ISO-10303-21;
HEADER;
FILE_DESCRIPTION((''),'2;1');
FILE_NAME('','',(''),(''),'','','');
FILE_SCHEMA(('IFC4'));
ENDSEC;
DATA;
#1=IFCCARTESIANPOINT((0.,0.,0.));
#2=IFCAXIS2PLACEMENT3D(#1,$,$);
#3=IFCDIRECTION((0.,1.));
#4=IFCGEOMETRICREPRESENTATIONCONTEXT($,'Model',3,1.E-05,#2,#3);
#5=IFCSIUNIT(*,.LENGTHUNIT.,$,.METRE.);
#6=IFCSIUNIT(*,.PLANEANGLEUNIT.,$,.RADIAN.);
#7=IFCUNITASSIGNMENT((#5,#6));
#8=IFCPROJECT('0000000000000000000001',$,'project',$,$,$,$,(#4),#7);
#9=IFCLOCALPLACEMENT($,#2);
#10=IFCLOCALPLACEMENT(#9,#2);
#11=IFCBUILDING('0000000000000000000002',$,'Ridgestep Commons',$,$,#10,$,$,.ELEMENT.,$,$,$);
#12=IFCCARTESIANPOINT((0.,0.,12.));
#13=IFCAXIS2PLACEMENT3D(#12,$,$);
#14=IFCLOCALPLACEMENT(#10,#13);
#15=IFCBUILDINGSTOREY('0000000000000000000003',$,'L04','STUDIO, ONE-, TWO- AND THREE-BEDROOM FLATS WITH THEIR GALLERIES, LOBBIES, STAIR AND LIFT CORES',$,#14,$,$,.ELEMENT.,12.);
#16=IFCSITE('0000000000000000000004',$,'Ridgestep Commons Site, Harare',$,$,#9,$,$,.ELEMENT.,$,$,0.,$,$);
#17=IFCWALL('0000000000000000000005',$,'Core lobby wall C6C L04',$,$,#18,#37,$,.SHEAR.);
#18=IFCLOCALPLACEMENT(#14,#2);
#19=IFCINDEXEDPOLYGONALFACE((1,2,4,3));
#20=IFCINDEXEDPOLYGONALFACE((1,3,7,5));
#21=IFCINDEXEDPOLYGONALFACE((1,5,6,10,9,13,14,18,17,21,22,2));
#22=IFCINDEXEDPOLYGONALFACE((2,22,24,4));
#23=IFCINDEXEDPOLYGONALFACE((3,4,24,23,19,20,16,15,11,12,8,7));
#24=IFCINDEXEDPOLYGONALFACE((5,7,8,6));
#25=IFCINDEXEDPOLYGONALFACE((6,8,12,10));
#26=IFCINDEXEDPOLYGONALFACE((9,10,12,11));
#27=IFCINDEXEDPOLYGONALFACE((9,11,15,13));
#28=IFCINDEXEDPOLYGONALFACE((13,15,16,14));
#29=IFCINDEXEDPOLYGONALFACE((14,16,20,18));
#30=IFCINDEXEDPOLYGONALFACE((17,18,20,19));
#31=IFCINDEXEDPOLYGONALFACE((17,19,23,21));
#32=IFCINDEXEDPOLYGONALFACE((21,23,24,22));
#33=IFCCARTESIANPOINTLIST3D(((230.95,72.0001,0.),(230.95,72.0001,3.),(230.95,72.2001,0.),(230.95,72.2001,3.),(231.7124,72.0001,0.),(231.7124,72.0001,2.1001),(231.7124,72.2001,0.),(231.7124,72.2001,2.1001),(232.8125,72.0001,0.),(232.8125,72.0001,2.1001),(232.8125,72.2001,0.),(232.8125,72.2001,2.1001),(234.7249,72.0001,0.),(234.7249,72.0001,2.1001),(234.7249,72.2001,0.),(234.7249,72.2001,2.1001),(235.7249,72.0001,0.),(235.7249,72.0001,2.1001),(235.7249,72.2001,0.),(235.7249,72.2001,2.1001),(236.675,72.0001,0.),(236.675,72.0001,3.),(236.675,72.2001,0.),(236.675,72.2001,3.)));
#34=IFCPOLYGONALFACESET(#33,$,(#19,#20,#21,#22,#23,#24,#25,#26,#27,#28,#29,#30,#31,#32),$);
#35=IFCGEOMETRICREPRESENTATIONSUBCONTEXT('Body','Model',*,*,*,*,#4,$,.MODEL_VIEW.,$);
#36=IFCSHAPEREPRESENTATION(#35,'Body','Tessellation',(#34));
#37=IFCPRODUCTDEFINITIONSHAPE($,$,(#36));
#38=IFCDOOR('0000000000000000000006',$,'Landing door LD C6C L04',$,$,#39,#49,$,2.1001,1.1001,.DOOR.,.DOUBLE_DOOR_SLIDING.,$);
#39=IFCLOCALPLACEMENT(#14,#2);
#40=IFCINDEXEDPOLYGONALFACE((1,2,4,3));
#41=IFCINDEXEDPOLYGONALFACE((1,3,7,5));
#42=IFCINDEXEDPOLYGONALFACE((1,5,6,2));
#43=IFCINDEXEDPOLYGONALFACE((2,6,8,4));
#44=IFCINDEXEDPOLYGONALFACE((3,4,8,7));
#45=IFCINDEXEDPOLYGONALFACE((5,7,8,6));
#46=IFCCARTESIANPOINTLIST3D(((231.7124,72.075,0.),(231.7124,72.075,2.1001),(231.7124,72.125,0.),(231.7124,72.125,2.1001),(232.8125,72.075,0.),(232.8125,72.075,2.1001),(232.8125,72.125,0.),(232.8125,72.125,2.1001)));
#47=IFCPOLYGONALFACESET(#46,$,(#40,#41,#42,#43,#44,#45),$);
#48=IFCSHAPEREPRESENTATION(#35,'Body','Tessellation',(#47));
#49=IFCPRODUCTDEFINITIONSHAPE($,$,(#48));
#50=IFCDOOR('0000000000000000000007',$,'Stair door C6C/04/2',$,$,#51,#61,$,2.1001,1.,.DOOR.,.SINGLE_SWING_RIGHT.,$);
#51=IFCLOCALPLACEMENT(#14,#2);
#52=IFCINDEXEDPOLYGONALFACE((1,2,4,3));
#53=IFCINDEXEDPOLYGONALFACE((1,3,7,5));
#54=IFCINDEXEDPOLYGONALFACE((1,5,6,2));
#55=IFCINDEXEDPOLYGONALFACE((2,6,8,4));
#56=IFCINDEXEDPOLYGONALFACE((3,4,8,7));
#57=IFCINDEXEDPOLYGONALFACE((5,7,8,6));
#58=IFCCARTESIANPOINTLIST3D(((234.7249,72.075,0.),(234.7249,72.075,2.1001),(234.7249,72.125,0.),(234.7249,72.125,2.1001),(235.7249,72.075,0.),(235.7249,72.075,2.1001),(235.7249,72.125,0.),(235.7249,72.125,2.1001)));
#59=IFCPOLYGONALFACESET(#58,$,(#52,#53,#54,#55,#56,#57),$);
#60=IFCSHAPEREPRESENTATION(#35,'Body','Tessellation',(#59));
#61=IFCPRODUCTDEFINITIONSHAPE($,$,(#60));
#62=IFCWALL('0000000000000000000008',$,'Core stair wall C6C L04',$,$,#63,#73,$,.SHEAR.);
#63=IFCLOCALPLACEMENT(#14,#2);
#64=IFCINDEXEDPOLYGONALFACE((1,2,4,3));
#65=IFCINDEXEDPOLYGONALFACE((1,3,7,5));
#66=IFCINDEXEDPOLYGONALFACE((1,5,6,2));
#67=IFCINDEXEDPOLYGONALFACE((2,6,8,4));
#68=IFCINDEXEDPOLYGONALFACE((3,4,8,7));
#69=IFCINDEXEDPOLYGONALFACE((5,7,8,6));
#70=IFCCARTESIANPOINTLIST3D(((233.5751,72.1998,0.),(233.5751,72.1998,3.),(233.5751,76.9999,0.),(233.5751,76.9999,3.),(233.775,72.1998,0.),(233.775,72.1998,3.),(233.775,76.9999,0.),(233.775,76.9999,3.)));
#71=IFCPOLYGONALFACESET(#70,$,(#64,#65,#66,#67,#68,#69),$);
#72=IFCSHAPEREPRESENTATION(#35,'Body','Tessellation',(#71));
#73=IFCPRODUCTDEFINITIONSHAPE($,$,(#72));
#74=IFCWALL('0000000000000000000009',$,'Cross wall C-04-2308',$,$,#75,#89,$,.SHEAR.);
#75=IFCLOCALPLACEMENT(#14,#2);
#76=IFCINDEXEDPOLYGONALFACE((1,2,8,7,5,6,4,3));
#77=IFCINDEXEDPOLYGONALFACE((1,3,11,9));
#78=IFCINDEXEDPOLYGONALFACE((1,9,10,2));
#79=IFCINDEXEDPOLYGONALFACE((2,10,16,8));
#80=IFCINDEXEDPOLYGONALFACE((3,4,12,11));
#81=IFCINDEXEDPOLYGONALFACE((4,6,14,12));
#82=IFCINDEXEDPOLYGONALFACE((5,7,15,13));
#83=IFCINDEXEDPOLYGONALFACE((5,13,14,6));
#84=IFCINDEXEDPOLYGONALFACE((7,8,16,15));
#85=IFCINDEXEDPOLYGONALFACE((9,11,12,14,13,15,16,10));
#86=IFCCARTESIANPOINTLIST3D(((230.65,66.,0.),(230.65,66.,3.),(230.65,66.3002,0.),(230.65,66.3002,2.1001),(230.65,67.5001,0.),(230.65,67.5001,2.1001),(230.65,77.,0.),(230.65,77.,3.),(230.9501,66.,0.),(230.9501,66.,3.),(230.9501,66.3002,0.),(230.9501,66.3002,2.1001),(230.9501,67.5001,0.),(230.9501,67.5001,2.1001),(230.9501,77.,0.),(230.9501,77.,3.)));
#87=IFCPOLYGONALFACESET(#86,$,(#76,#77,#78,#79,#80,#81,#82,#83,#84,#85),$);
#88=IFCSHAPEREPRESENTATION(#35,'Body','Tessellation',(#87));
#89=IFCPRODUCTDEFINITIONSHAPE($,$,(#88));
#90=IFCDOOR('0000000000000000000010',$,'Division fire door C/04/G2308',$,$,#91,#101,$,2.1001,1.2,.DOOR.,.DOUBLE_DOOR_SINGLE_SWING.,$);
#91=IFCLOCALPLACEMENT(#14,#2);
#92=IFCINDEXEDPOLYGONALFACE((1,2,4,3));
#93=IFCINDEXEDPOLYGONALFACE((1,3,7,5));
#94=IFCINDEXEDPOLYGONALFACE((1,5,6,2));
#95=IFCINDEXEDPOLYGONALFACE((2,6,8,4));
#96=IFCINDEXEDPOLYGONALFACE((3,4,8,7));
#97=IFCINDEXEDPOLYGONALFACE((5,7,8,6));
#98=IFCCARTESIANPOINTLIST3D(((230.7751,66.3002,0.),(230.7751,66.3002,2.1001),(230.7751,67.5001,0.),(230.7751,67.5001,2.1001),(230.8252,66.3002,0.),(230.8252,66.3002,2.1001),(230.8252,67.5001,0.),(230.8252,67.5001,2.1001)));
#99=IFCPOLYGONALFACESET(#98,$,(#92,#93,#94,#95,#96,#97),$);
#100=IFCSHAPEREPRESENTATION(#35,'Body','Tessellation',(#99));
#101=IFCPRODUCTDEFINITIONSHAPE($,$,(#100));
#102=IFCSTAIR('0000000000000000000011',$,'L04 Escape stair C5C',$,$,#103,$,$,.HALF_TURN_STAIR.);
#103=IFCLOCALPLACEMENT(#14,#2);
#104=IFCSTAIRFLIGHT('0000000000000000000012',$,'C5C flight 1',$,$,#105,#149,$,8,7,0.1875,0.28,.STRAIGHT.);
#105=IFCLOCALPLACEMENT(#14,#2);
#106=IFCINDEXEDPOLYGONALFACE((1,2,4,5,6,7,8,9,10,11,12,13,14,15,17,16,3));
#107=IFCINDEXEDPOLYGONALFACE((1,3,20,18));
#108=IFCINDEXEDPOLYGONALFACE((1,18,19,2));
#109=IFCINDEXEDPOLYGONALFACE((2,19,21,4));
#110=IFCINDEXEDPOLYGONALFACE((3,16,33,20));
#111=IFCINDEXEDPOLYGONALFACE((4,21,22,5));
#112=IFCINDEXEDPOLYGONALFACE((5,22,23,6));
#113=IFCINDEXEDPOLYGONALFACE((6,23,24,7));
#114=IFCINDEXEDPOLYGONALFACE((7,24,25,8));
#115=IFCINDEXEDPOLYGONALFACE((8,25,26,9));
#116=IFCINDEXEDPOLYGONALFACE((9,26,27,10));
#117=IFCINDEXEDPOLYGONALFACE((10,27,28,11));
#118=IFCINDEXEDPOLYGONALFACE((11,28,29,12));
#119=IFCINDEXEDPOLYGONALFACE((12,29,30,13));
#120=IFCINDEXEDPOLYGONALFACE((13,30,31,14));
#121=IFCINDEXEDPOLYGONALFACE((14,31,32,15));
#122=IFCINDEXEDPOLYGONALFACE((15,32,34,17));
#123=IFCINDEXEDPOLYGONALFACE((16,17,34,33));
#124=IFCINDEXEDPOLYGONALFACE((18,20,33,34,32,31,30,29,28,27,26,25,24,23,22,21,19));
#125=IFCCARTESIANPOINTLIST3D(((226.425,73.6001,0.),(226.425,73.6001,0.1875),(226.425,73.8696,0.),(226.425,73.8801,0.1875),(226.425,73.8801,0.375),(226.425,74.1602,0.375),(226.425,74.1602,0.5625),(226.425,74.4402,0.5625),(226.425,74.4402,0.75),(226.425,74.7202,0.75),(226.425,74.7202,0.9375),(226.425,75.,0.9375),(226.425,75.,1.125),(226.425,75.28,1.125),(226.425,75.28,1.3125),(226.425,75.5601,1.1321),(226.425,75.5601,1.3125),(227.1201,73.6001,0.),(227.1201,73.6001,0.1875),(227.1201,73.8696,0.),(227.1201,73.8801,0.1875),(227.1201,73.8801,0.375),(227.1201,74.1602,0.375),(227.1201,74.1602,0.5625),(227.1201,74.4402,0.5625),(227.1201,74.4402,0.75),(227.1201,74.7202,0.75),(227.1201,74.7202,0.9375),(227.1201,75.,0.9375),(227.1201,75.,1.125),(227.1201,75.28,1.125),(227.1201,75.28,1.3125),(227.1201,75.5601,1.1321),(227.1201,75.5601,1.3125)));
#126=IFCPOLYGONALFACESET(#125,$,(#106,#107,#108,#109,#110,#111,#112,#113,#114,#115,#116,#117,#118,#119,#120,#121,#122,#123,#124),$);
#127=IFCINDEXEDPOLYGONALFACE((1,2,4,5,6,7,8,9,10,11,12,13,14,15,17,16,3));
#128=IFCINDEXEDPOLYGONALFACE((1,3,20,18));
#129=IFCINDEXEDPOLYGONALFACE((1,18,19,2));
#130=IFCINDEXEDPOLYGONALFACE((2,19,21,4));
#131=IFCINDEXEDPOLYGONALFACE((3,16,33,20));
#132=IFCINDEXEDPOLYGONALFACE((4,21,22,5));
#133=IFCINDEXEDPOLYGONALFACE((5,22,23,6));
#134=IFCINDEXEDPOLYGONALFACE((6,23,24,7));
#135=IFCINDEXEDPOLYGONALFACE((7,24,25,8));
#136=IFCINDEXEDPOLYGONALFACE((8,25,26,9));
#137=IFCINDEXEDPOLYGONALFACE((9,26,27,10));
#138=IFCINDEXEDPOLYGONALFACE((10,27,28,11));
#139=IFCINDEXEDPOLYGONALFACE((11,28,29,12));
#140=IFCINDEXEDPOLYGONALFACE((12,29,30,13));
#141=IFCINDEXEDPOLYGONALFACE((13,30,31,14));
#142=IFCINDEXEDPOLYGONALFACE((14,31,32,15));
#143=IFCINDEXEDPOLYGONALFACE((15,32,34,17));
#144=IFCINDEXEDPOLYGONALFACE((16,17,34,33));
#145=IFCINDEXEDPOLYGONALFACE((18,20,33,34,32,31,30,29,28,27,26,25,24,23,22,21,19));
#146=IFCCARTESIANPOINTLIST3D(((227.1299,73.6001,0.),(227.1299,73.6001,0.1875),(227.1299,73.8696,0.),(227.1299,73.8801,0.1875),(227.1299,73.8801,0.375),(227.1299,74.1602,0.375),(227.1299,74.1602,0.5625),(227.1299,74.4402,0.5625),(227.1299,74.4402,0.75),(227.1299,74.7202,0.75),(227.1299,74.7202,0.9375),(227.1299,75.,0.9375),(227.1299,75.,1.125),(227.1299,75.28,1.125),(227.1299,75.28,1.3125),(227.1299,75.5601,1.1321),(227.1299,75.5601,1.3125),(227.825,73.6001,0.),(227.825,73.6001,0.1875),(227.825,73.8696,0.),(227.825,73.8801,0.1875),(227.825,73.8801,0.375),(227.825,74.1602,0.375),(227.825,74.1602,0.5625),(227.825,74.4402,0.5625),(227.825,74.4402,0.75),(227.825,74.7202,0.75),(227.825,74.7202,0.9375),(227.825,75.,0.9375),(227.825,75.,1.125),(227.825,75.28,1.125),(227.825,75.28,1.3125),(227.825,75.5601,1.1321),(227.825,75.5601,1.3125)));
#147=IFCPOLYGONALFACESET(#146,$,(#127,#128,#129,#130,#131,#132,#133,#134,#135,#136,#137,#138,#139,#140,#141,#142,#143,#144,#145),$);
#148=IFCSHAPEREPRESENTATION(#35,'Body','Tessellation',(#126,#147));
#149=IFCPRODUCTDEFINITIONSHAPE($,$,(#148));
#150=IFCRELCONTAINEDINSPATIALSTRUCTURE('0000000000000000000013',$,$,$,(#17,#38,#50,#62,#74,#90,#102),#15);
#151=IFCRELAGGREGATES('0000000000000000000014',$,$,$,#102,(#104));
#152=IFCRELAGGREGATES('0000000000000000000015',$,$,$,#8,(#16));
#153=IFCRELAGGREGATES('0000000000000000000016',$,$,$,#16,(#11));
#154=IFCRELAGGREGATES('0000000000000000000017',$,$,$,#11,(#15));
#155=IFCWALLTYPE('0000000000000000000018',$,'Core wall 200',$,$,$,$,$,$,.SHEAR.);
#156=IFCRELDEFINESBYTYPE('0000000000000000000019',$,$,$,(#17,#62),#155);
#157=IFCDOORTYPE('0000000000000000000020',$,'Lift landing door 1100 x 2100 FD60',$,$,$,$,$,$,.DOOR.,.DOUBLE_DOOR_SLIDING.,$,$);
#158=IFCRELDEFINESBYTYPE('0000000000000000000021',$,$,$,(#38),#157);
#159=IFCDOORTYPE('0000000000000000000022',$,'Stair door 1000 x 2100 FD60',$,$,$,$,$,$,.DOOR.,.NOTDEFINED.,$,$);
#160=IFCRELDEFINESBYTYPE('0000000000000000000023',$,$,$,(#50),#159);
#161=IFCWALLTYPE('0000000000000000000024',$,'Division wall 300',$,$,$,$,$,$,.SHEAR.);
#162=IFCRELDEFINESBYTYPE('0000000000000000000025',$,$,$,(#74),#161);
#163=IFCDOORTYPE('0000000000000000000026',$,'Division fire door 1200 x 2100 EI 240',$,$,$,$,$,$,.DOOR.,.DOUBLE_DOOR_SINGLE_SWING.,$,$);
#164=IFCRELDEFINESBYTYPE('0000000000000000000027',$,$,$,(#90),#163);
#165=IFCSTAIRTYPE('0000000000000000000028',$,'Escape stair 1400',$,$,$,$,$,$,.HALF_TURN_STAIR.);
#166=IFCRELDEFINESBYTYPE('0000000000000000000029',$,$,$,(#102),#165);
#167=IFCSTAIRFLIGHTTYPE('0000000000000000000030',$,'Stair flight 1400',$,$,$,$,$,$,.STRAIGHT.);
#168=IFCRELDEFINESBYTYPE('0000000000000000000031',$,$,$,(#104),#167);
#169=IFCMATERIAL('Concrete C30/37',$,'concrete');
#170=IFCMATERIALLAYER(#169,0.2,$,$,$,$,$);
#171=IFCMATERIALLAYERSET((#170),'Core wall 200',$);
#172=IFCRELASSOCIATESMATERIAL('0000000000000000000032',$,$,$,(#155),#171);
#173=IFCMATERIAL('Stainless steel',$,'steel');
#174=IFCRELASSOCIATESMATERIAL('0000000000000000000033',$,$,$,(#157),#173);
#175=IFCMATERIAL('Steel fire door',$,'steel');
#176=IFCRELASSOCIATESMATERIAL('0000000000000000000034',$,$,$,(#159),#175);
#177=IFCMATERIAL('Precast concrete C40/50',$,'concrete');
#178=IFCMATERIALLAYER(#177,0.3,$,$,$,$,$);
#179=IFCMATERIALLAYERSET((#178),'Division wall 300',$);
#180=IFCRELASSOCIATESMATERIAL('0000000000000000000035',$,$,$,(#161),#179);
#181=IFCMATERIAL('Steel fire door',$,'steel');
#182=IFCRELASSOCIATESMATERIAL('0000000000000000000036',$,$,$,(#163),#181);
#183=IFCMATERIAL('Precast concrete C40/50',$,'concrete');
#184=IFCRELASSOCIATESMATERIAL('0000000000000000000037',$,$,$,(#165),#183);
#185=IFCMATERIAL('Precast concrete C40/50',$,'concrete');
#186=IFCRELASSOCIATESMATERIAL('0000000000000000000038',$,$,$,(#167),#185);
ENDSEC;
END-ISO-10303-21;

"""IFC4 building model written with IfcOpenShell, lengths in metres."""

from ifc_helpers import new_model, si_unit, direction, frame, frame_2d, origin, place, context, subcontext, project, spatial, polyline, rectangle, outline, extrude, material, layer, layer_set, type_object, element, fill, aggregate, save


model = new_model("IFC4")

# Units and contexts
model_context = context("Model", 3, precision=1e-05, world=origin(), true_north=direction((0.0, 1.0)))
body_context = subcontext(model_context, "Body", "Model", "MODEL_VIEW")
ifc_project = project(units=[si_unit("LENGTHUNIT", "METRE"), si_unit("PLANEANGLEUNIT", "RADIAN")], contexts=[model_context])

# Site, building, storey
site_placement = place(None, origin())
site = spatial("IfcSite", under=ifc_project, at=site_placement, Name="Ridgestep Commons Site, Harare", CompositionType="ELEMENT", RefElevation=0.0)
building_placement = place(site_placement, origin())
building = spatial("IfcBuilding", under=site, at=building_placement, Name="Ridgestep Commons", CompositionType="ELEMENT")
storey_placement = place(building_placement, frame((0.0, 0.0, 12.0)))
storey = spatial("IfcBuildingStorey", under=building, at=storey_placement, Name="L04", Description="STUDIO, ONE-, TWO- AND THREE-BEDROOM FLATS WITH THEIR GALLERIES, LOBBIES, STAIR AND LIFT CORES", CompositionType="ELEMENT", Elevation=12.0)

# Shared definitions
ifc_material_1 = material(Name="Concrete C30/37", Category="concrete")
ifc_layer_1 = layer(ifc_material_1, 0.2)
ifc_layer_set_1 = layer_set([ifc_layer_1], Name="Core wall 200")
wall_type_1 = type_object("IfcWallType", Name="Core wall 200", PredefinedType="SHEAR", material=ifc_layer_set_1)

# Wall, openings, doors
wall_1_placement = place(storey_placement, frame((230.95, 72.1001, 0.0), z_axis=(0.0, 0.0, 1.0), x_axis=(1.0, 0.0, 0.0)))
wall_1 = element("IfcWall", 1, at=wall_1_placement, inside=storey, type_object=wall_type_1, Name="Core lobby wall C6C L04", PredefinedType="SHEAR", context=body_context, shape_type="SweptSolid", body=[
    extrude(rectangle(XDim=5.7251, YDim=0.2, at=frame_2d((2.8625, 0.0))), origin(), (0.0, 0.0, 1.0), 3.0),
])
opening_1_placement = place(wall_1_placement, frame((3.7749, 0.0, 0.0)))
opening_1 = element("IfcOpeningElement", 2, at=opening_1_placement, cuts=wall_1, PredefinedType="OPENING", context=body_context, shape_type="SweptSolid", body=[
    extrude(rectangle(XDim=1.0, YDim=2.1001, at=frame_2d((0.5, 1.05))), frame((0.0, 0.1099, 0.0), z_axis=(0.0, -1.0, 0.0), x_axis=(1.0, 0.0, 0.0)), (0.0, 0.0, 1.0), 0.22),
])
opening_2_placement = place(wall_1_placement, frame((0.7625, 0.0, 0.0)))
opening_2 = element("IfcOpeningElement", 3, at=opening_2_placement, cuts=wall_1, PredefinedType="OPENING", context=body_context, shape_type="SweptSolid", body=[
    extrude(rectangle(XDim=1.1001, YDim=2.1001, at=frame_2d((0.55, 1.05))), frame((0.0, 0.1099, 0.0), z_axis=(0.0, -1.0, 0.0), x_axis=(1.0, 0.0, 0.0)), (0.0, 0.0, 1.0), 0.22),
])
ifc_material_2 = material(Name="Stainless steel", Category="steel")
door_type_1 = type_object("IfcDoorType", Name="Lift landing door 1100 x 2100 FD60", OperationType="DOUBLE_DOOR_SLIDING", PredefinedType="DOOR", material=ifc_material_2)
door_1_placement = place(opening_2_placement, origin())
door_1 = element("IfcDoor", 4, at=door_1_placement, inside=storey, type_object=door_type_1, Name="Landing door LD C6C L04", OperationType="DOUBLE_DOOR_SLIDING", OverallHeight=2.1001, OverallWidth=1.1001, PredefinedType="DOOR", context=body_context, shape_type="SweptSolid", body=[
    extrude(rectangle(XDim=1.1001, YDim=2.1001, at=frame_2d((0.55, 1.05))), frame((0.0, 0.0249, 0.0), z_axis=(0.0, -1.0, 0.0), x_axis=(1.0, 0.0, 0.0)), (0.0, 0.0, 1.0), 0.05),
])
fill(opening_2, door_1)
ifc_material_3 = material(Name="Steel fire door", Category="steel")
door_type_2 = type_object("IfcDoorType", Name="Stair door 1000 x 2100 FD60", OperationType="NOTDEFINED", PredefinedType="DOOR", material=ifc_material_3)
door_2_placement = place(opening_1_placement, origin())
door_2 = element("IfcDoor", 5, at=door_2_placement, inside=storey, type_object=door_type_2, Name="Stair door C6C/04/2", OperationType="SINGLE_SWING_RIGHT", OverallHeight=2.1001, OverallWidth=1.0, PredefinedType="DOOR", context=body_context, shape_type="SweptSolid", body=[
    extrude(rectangle(XDim=1.0, YDim=2.1001, at=frame_2d((0.5, 1.05))), frame((0.0, 0.0249, 0.0), z_axis=(0.0, -1.0, 0.0), x_axis=(1.0, 0.0, 0.0)), (0.0, 0.0, 1.0), 0.05),
])
fill(opening_1, door_2)

# Wall
wall_2_placement = place(storey_placement, frame((233.675, 72.2, 0.0), z_axis=(0.0, 0.0, 1.0), x_axis=(0.0, 1.0, 0.0)))
element("IfcWall", 6, at=wall_2_placement, inside=storey, type_object=wall_type_1, Name="Core stair wall C6C L04", PredefinedType="SHEAR", context=body_context, shape_type="SweptSolid", body=[
    extrude(rectangle(XDim=4.8, YDim=0.2, at=frame_2d((2.3999, 0.0))), origin(), (0.0, 0.0, 1.0), 3.0),
])

# Wall, opening, door
ifc_material_4 = material(Name="Precast concrete C40/50", Category="concrete")
ifc_layer_2 = layer(ifc_material_4, 0.3)
ifc_layer_set_2 = layer_set([ifc_layer_2], Name="Division wall 300")
wall_type_2 = type_object("IfcWallType", Name="Division wall 300", PredefinedType="SHEAR", material=ifc_layer_set_2)
wall_3_placement = place(storey_placement, frame((230.8, 66.0, 0.0), z_axis=(0.0, 0.0, 1.0), x_axis=(0.0, 1.0, 0.0)))
wall_3 = element("IfcWall", 7, at=wall_3_placement, inside=storey, type_object=wall_type_2, Name="Cross wall C-04-2308", PredefinedType="SHEAR", context=body_context, shape_type="SweptSolid", body=[
    extrude(rectangle(XDim=11.0, YDim=0.3, at=frame_2d((5.5, 0.0))), origin(), (0.0, 0.0, 1.0), 3.0),
])
opening_3_placement = place(wall_3_placement, frame((0.3, 0.0, 0.0)))
opening_3 = element("IfcOpeningElement", 8, at=opening_3_placement, cuts=wall_3, PredefinedType="OPENING", context=body_context, shape_type="SweptSolid", body=[
    extrude(rectangle(XDim=1.2, YDim=2.1001, at=frame_2d((0.6001, 1.05))), frame((0.0, 0.1599, 0.0), z_axis=(0.0, -1.0, 0.0), x_axis=(1.0, 0.0, 0.0)), (0.0, 0.0, 1.0), 0.3201),
])
ifc_material_5 = material(Name="Steel fire door", Category="steel")
door_type_3 = type_object("IfcDoorType", Name="Division fire door 1200 x 2100 EI 240", OperationType="DOUBLE_DOOR_SINGLE_SWING", PredefinedType="DOOR", material=ifc_material_5)
door_3_placement = place(opening_3_placement, origin())
door_3 = element("IfcDoor", 9, at=door_3_placement, inside=storey, type_object=door_type_3, Name="Division fire door C/04/G2308", OperationType="DOUBLE_DOOR_SINGLE_SWING", OverallHeight=2.1001, OverallWidth=1.2, PredefinedType="DOOR", context=body_context, shape_type="SweptSolid", body=[
    extrude(rectangle(XDim=1.2, YDim=2.1001, at=frame_2d((0.6001, 1.05))), frame((0.0, 0.0249, 0.0), z_axis=(0.0, -1.0, 0.0), x_axis=(1.0, 0.0, 0.0)), (0.0, 0.0, 1.0), 0.05),
])
fill(opening_3, door_3)

# Stair, stair flight
ifc_material_6 = material(Name="Precast concrete C40/50", Category="concrete")
stair_type = type_object("IfcStairType", Name="Escape stair 1400", PredefinedType="HALF_TURN_STAIR", material=ifc_material_6)
stair_placement = place(storey_placement, origin())
stair = element("IfcStair", 10, at=stair_placement, inside=storey, type_object=stair_type, Name="L04 Escape stair C5C", PredefinedType="HALF_TURN_STAIR")
ifc_material_7 = material(Name="Precast concrete C40/50", Category="concrete")
stair_flight_type = type_object("IfcStairFlightType", Name="Stair flight 1400", PredefinedType="STRAIGHT", material=ifc_material_7)
stair_flight_placement = place(storey_placement, frame((227.125, 73.6001, 0.0), z_axis=(0.0, 0.0, 1.0), x_axis=(0.0, 1.0, 0.0)))
stair_flight = element("IfcStairFlight", 11, at=stair_flight_placement, type_object=stair_flight_type, Name="C5C flight 1", NumberOfRisers=8, NumberOfTreads=7, PredefinedType="STRAIGHT", RiserHeight=0.1875, TreadLength=0.28, context=body_context, shape_type="SweptSolid", body=[
    extrude(outline(polyline([(0.0, 0.0), (0.0, 0.1875), (0.28, 0.1875), (0.28, 0.375), (0.5601, 0.375), (0.5601, 0.5625), (0.8401, 0.5625), (0.8401, 0.75), (1.1201, 0.75), (1.1201, 0.9375), (1.3999, 0.9375), (1.3999, 1.125), (1.6799, 1.125), (1.6799, 1.3125), (1.96, 1.3125), (1.96, 1.5), (1.96, 1.1321), (0.2695, 0.0), (0.0, 0.0)])), frame((0.0, 0.7, 0.0), z_axis=(0.0, -1.0, 0.0), x_axis=(1.0, 0.0, 0.0)), (0.0, 0.0, 1.0), 0.6951),
    extrude(outline(polyline([(0.0, 0.0), (0.0, 0.1875), (0.28, 0.1875), (0.28, 0.375), (0.5601, 0.375), (0.5601, 0.5625), (0.8401, 0.5625), (0.8401, 0.75), (1.1201, 0.75), (1.1201, 0.9375), (1.3999, 0.9375), (1.3999, 1.125), (1.6799, 1.125), (1.6799, 1.3125), (1.96, 1.3125), (1.96, 1.5), (1.96, 1.1321), (0.2695, 0.0), (0.0, 0.0)])), frame((0.0, -0.0049, 0.0), z_axis=(0.0, -1.0, 0.0), x_axis=(1.0, 0.0, 0.0)), (0.0, 0.0, 1.0), 0.6951),
])
aggregate(stair, [stair_flight])

save(model, "model.ifc")
